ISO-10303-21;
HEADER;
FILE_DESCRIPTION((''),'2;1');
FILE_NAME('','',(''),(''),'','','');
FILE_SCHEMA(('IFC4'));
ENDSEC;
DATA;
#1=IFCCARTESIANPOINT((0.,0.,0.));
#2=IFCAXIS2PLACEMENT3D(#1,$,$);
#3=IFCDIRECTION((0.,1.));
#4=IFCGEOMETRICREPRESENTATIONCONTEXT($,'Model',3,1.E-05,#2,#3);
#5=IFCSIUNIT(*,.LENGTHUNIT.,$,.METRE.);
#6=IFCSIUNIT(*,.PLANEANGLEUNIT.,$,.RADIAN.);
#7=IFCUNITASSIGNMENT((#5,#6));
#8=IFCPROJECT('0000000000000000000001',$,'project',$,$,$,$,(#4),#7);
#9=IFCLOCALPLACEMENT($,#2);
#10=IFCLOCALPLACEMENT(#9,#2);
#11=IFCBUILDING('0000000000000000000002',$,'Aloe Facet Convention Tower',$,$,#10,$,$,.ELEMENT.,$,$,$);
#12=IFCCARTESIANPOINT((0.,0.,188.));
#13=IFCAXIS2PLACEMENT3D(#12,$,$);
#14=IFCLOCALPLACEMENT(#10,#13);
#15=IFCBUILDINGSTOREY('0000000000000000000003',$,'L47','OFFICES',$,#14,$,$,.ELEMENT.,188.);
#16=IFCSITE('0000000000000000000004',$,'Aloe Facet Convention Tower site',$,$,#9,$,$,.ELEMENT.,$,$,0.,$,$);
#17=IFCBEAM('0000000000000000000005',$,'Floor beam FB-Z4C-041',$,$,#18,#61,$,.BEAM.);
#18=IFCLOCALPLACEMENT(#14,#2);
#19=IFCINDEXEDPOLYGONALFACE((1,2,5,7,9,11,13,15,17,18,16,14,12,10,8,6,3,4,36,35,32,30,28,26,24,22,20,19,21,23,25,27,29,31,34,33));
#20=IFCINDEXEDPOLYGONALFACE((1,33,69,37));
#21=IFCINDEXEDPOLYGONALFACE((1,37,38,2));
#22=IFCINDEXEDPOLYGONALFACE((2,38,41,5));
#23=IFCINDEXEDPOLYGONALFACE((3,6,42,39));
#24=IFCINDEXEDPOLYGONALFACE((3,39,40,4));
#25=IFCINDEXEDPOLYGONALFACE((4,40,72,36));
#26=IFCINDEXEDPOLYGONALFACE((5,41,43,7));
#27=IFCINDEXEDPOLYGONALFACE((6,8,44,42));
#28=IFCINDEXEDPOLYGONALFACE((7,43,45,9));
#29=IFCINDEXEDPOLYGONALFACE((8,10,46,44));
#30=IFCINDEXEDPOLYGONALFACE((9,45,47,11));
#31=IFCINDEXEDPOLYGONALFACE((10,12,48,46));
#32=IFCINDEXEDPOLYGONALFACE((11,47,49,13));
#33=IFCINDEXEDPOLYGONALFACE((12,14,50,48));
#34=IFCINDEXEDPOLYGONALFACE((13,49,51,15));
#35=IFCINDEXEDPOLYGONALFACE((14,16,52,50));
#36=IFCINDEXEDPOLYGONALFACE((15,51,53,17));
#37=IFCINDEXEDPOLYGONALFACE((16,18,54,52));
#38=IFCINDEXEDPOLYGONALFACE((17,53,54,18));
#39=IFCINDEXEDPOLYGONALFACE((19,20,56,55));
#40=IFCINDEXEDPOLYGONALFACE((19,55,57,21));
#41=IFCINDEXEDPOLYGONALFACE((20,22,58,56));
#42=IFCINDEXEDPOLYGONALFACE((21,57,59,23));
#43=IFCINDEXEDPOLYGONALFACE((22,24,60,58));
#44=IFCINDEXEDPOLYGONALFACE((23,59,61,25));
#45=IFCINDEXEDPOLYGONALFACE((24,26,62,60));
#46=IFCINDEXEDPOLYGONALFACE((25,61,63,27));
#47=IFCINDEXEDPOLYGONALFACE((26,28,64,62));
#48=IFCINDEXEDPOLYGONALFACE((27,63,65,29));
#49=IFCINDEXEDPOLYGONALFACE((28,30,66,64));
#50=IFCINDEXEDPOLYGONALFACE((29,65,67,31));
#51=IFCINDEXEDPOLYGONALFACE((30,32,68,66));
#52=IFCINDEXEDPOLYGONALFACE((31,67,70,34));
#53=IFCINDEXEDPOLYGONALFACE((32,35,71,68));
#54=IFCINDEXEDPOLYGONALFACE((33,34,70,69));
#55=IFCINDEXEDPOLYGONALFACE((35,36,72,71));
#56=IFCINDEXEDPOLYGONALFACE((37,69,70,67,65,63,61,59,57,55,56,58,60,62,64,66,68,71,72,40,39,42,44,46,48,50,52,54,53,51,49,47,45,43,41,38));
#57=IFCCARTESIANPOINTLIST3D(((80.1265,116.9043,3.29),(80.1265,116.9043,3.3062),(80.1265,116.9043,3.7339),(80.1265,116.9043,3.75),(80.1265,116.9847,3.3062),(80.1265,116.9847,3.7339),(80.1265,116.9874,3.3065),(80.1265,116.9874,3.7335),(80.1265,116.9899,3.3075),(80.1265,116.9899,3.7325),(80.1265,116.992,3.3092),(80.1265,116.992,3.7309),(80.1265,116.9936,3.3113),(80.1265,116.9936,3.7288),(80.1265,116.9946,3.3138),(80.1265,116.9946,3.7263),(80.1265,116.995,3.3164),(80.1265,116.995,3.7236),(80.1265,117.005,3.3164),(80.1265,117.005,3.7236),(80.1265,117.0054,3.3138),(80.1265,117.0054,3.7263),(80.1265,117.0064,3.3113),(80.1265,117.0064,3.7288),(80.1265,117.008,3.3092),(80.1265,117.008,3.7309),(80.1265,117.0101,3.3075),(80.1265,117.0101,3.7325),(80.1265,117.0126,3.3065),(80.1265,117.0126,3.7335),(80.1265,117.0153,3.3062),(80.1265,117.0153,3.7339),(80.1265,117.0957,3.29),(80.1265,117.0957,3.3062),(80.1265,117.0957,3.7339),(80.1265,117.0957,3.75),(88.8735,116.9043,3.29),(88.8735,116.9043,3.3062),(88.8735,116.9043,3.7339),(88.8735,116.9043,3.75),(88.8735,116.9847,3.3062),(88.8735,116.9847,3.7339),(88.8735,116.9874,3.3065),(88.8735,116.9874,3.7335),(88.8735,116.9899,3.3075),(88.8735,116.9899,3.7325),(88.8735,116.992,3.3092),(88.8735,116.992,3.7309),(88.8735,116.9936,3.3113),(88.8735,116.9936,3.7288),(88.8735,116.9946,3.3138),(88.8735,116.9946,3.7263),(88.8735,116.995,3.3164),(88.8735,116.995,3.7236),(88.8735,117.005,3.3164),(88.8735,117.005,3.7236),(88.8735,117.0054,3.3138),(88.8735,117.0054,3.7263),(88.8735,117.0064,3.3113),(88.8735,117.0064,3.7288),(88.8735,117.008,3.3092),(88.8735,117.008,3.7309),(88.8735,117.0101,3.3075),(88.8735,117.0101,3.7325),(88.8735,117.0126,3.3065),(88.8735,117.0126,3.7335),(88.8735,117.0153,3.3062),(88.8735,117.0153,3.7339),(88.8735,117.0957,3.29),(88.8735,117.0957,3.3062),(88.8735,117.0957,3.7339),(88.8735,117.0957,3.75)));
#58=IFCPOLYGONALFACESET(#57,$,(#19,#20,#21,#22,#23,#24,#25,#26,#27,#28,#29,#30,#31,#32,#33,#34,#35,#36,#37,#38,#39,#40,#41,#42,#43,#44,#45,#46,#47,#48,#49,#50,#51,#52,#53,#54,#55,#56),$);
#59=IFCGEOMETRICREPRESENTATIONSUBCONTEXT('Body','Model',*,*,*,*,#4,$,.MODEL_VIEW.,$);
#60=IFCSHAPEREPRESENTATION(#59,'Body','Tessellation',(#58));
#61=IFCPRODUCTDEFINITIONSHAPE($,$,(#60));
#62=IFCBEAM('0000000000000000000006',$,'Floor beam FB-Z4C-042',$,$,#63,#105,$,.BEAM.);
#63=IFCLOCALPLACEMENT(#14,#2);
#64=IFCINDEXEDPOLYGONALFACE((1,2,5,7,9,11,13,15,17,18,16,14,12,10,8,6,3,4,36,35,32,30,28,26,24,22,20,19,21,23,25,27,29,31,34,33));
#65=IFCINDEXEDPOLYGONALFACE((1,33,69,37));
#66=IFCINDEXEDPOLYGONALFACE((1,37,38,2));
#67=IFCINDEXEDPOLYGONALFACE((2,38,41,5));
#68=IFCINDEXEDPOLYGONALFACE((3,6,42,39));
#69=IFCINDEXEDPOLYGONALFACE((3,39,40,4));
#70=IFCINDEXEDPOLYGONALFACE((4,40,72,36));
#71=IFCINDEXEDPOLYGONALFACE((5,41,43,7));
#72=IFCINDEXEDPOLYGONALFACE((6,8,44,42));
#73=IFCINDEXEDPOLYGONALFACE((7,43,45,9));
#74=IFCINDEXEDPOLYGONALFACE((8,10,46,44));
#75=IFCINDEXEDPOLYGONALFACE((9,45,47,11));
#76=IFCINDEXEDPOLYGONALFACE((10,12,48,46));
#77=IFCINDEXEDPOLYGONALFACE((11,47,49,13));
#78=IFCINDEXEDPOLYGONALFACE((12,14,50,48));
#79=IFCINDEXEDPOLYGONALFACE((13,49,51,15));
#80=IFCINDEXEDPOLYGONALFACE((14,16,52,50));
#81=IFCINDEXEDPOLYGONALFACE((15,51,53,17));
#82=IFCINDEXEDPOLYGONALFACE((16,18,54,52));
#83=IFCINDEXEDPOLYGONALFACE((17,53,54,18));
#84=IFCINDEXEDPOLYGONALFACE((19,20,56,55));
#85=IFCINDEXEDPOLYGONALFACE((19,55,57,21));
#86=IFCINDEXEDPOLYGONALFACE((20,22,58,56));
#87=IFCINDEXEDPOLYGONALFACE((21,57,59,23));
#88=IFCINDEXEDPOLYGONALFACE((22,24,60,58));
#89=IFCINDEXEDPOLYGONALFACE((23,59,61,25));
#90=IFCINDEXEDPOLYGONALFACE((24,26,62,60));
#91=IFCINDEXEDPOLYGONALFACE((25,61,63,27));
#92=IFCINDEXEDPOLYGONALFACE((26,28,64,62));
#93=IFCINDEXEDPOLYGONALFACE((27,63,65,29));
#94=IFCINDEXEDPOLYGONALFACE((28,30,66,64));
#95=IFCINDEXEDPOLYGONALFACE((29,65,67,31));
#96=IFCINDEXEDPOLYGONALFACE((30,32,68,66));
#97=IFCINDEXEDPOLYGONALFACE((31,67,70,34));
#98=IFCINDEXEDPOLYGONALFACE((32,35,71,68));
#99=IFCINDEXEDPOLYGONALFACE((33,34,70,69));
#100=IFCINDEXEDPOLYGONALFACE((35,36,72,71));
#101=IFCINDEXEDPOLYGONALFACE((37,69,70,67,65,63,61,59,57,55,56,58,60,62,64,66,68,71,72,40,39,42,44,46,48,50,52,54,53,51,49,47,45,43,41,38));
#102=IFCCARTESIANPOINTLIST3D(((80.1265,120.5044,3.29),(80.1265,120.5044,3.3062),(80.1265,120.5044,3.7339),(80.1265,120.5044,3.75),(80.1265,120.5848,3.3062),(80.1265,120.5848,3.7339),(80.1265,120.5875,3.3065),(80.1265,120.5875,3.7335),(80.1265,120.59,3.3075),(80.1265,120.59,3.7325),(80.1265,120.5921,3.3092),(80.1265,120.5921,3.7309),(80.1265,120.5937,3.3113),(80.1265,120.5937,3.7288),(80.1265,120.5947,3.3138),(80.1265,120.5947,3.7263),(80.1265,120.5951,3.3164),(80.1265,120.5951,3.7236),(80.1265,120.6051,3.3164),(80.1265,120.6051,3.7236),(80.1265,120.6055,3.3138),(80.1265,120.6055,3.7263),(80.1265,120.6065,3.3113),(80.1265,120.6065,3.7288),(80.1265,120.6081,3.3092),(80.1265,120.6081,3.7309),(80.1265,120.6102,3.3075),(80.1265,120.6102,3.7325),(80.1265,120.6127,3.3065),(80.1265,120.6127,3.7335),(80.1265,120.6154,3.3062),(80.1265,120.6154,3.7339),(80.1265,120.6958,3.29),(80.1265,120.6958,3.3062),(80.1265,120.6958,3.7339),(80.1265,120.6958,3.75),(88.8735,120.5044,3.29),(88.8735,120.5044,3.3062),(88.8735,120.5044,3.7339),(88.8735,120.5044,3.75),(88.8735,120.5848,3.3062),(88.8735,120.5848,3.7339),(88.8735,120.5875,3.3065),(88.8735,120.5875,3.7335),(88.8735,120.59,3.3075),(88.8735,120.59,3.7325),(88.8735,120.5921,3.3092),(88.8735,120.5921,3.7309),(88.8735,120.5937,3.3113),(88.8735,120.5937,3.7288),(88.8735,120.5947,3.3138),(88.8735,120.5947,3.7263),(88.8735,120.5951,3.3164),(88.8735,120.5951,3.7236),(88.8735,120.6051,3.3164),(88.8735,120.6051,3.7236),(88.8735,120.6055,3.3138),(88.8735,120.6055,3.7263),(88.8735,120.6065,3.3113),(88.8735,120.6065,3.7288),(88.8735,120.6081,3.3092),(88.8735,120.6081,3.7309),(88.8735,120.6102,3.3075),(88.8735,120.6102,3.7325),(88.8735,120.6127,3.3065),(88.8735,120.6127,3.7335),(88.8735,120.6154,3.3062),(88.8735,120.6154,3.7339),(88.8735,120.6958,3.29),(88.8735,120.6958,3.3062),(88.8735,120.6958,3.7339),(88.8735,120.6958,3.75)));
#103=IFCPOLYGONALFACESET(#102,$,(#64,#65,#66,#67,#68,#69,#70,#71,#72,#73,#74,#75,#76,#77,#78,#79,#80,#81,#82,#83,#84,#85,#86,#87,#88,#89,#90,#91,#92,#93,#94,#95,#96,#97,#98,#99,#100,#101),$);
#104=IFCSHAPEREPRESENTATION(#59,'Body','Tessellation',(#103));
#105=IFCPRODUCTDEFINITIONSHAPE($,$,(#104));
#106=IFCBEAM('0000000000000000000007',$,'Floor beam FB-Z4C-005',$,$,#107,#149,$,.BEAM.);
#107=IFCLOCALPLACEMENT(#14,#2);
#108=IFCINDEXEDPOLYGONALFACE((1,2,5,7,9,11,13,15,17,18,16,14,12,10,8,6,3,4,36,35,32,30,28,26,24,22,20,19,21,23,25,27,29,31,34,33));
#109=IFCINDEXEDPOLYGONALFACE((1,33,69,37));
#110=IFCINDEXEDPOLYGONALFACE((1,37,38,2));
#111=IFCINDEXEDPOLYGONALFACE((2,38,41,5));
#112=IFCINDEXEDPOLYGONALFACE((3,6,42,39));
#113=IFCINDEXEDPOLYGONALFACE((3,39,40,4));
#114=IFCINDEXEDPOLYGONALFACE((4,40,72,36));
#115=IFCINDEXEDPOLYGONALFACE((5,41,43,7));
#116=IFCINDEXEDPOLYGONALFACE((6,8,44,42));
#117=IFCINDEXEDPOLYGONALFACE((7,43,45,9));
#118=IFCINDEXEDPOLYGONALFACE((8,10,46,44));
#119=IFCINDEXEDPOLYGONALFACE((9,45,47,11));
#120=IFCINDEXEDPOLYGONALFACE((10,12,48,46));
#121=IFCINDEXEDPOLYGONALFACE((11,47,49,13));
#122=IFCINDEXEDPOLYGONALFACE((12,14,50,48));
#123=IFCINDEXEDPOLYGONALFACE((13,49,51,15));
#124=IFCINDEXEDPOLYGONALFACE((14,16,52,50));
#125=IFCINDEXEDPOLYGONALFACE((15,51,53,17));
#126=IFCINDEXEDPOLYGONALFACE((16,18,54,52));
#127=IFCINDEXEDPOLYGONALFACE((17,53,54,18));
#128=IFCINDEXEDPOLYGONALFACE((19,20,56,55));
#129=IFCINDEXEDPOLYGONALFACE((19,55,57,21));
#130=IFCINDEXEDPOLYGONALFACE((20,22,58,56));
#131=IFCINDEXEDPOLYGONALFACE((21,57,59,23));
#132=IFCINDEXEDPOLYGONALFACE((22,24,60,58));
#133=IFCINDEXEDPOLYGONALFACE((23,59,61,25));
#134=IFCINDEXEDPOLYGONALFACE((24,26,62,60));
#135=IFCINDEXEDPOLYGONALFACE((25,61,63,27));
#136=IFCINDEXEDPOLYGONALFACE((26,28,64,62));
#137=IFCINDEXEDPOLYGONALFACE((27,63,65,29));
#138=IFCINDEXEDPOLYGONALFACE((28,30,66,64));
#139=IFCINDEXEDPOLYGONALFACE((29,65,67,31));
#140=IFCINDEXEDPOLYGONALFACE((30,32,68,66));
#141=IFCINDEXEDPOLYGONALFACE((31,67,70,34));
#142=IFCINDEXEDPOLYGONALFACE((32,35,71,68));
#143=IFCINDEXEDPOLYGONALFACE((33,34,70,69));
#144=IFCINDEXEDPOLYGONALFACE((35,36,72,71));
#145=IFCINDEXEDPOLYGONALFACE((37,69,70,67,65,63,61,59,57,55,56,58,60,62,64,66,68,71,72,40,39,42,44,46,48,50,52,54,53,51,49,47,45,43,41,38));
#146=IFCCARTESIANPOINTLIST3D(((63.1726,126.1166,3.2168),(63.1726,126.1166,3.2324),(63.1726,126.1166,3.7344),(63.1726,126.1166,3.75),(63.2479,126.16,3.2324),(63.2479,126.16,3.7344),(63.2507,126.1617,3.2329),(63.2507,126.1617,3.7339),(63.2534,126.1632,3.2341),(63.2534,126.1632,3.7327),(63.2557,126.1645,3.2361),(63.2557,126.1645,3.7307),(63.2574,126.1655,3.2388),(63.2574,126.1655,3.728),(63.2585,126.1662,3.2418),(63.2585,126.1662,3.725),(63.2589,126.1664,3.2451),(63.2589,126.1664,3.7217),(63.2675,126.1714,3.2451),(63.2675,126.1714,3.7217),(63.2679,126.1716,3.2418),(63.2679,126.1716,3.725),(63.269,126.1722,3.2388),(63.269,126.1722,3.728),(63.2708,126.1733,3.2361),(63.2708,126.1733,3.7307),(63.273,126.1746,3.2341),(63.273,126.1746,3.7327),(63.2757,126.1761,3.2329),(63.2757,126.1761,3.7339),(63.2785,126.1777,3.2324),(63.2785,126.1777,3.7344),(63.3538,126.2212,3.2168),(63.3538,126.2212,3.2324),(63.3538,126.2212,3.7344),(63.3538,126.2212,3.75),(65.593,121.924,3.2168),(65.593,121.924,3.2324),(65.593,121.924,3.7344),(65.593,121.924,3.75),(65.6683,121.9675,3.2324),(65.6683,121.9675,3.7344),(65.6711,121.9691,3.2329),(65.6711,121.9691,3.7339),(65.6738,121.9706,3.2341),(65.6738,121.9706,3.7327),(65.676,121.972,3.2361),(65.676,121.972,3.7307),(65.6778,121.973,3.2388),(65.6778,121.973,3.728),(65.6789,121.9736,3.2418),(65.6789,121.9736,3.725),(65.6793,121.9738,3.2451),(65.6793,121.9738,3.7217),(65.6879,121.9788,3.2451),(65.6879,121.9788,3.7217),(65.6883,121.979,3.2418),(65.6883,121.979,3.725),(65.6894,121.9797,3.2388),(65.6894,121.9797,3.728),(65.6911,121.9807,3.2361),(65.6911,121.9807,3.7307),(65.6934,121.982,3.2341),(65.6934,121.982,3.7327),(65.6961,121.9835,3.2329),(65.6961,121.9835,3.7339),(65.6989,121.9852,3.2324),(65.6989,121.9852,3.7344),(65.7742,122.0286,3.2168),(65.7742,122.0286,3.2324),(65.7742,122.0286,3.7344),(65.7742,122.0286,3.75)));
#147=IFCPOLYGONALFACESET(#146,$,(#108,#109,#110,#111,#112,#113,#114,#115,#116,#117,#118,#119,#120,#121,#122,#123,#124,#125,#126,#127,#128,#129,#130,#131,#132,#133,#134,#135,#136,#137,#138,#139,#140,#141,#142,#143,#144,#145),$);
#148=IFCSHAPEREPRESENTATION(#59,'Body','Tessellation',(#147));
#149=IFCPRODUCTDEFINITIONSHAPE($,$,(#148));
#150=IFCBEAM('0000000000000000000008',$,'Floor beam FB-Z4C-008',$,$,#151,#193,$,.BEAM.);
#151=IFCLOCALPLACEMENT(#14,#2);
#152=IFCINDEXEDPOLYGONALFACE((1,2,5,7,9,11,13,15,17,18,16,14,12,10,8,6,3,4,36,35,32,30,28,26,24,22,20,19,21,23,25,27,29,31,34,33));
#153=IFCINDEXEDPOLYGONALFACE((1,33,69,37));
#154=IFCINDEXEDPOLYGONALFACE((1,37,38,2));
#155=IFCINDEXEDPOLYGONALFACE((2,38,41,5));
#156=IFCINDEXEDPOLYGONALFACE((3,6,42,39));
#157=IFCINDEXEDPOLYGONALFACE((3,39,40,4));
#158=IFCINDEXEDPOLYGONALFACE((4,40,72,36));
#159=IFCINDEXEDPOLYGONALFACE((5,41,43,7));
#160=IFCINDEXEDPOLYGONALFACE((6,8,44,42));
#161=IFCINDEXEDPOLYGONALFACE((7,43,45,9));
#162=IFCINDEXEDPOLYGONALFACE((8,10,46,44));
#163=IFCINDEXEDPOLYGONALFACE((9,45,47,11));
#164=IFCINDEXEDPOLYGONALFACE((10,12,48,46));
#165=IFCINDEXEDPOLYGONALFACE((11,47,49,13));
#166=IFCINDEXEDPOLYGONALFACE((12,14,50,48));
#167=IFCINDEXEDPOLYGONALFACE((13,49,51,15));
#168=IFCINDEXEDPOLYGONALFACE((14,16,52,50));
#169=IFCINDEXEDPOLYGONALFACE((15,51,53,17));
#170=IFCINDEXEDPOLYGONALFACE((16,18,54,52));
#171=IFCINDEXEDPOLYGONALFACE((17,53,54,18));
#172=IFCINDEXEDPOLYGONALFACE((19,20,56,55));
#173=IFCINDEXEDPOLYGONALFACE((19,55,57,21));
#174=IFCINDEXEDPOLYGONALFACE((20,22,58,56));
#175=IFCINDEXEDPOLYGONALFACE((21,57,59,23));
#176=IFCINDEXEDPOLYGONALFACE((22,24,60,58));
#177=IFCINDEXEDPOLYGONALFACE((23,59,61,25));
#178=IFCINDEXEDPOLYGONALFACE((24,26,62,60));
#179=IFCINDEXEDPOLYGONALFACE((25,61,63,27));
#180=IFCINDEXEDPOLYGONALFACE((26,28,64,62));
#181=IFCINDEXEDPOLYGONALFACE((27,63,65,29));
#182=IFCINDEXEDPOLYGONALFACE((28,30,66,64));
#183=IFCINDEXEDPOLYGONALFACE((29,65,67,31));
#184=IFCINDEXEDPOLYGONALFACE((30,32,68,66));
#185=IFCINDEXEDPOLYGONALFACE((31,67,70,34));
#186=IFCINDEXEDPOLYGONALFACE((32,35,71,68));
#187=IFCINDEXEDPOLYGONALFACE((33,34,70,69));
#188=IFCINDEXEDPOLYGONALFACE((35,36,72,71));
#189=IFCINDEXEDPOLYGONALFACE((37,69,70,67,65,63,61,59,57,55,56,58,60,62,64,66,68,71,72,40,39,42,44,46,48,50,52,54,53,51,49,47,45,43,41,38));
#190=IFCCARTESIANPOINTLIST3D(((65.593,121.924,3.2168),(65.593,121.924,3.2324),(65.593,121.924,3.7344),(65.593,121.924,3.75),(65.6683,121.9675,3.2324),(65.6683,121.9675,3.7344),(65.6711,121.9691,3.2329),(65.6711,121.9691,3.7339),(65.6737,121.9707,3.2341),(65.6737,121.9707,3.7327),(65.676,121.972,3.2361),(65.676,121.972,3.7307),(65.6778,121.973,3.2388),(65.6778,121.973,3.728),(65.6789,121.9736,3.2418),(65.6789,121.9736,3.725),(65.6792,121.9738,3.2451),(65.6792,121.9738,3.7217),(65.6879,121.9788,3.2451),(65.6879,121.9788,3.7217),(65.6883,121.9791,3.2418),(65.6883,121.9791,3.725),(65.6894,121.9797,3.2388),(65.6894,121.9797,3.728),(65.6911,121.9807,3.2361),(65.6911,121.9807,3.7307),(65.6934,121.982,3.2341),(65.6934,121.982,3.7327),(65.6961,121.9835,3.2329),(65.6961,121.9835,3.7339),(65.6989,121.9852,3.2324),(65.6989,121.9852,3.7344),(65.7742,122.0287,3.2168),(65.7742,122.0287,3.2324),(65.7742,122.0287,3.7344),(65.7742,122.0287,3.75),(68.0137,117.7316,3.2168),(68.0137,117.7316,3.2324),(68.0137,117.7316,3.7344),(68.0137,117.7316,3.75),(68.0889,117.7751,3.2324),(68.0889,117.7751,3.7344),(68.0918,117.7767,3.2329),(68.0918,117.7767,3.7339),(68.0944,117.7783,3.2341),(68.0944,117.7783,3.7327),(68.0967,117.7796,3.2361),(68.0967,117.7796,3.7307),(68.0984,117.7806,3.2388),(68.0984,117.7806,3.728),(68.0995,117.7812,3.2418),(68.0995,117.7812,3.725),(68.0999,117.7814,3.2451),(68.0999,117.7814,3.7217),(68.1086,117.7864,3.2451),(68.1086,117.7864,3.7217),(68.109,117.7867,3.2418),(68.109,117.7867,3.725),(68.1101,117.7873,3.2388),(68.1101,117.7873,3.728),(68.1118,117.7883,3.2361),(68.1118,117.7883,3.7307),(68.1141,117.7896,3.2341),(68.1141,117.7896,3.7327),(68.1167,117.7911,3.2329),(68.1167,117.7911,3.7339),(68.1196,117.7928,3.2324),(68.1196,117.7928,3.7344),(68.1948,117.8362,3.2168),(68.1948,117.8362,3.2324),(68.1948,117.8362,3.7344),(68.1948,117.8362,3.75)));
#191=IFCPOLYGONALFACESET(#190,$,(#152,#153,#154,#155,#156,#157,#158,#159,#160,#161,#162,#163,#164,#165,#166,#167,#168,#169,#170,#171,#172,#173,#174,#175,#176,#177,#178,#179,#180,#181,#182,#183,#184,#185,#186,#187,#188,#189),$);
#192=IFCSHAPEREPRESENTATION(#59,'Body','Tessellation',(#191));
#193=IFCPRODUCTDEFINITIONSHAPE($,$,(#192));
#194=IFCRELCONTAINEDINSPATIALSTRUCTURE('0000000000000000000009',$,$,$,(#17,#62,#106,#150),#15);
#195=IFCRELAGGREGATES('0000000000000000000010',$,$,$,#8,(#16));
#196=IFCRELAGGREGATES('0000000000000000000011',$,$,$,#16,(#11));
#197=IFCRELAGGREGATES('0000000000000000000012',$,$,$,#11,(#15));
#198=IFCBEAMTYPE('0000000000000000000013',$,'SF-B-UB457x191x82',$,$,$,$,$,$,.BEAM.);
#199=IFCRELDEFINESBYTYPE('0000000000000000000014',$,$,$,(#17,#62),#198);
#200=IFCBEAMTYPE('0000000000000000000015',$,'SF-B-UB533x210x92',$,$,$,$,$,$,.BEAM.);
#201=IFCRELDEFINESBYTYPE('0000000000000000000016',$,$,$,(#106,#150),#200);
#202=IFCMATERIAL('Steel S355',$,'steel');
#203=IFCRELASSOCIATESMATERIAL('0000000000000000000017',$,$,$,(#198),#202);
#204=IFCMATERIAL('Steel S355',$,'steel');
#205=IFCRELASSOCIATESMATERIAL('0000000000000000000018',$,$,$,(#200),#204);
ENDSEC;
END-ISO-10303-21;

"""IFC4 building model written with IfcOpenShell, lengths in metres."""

from ifc_helpers import new_model, si_unit, direction, frame, origin, origin_2d, place, context, subcontext, project, spatial, i_section, extrude, material, material_profile, profile_set, type_object, element, save


model = new_model("IFC4")

# Units and contexts
model_context = context("Model", 3, precision=1e-05, world=origin(), true_north=direction((0.0, 1.0)))
body_context = subcontext(model_context, "Body", "Model", "MODEL_VIEW")
ifc_project = project(units=[si_unit("LENGTHUNIT", "METRE"), si_unit("PLANEANGLEUNIT", "RADIAN")], contexts=[model_context])

# Site, building, storey
site_placement = place(None, origin())
site = spatial("IfcSite", under=ifc_project, at=site_placement, Name="Aloe Facet Convention Tower site", CompositionType="ELEMENT", RefElevation=0.0)
building_placement = place(site_placement, origin())
building = spatial("IfcBuilding", under=site, at=building_placement, Name="Aloe Facet Convention Tower", CompositionType="ELEMENT")
storey_placement = place(building_placement, frame((0.0, 0.0, 188.0)))
storey = spatial("IfcBuildingStorey", under=building, at=storey_placement, Name="L47", Description="OFFICES", CompositionType="ELEMENT", Elevation=188.0)

# Beams
ifc_material_1 = material(Name="Steel S355", Category="steel")
ifc_material_profile_1 = material_profile(ifc_material_1, i_section(OverallWidth=0.1914, OverallDepth=0.46, WebThickness=0.01, FlangeThickness=0.0161, FilletRadius=0.0103, at=origin_2d()), Name="UB 457x191x82")
ifc_profile_set_1 = profile_set([ifc_material_profile_1], Name="Steel S355")
beam_type_1 = type_object("IfcBeamType", Name="SF-B-UB457x191x82", PredefinedType="BEAM", material=ifc_profile_set_1)
for number, where, z_axis, x_axis, name in (
    (1, (80.1265, 117.0, 3.52), (1.0, 0.0, 0.0), (0.0, 1.0, 0.0), "Floor beam FB-Z4C-041"),
    (2, (80.1265, 120.6001, 3.52), (1.0, 0.0, 0.0), (0.0, 1.0, 0.0), "Floor beam FB-Z4C-042"),
):
    element("IfcBeam", number, at=place(storey_placement, frame(where, z_axis=z_axis, x_axis=x_axis)), inside=storey, type_object=beam_type_1, Name=name, PredefinedType="BEAM", context=body_context, shape_type="SweptSolid", body=[
        extrude(i_section(OverallWidth=0.1914, OverallDepth=0.46, WebThickness=0.01, FlangeThickness=0.0161, FilletRadius=0.0103, at=origin_2d()), origin(), (0.0, 0.0, 1.0), 8.7471),
    ])
ifc_material_2 = material(Name="Steel S355", Category="steel")
ifc_material_profile_2 = material_profile(ifc_material_2, i_section(OverallWidth=0.2092, OverallDepth=0.5332, WebThickness=0.01, FlangeThickness=0.0156, FilletRadius=0.0127, at=origin_2d()), Name="UB 533x210x92")
ifc_profile_set_2 = profile_set([ifc_material_profile_2], Name="Steel S355")
beam_type_2 = type_object("IfcBeamType", Name="SF-B-UB533x210x92", PredefinedType="BEAM", material=ifc_profile_set_2)
for number, where, z_axis, x_axis, name in (
    (3, (65.6836, 121.9763, 3.4834), (-0.499968, 0.866044, 0.0), (-0.866044, -0.499968, 0.0), "Floor beam FB-Z4C-005"),
    (4, (68.1042, 117.7839, 3.4834), (-0.500028, 0.866009, 0.0), (-0.866009, -0.500028, 0.0), "Floor beam FB-Z4C-008"),
):
    element("IfcBeam", number, at=place(storey_placement, frame(where, z_axis=z_axis, x_axis=x_axis)), inside=storey, type_object=beam_type_2, Name=name, PredefinedType="BEAM", context=body_context, shape_type="SweptSolid", body=[
        extrude(i_section(OverallWidth=0.2092, OverallDepth=0.5332, WebThickness=0.01, FlangeThickness=0.0156, FilletRadius=0.0127, at=origin_2d()), origin(), (0.0, 0.0, 1.0), 4.8411),
    ])

save(model, "model.ifc")
